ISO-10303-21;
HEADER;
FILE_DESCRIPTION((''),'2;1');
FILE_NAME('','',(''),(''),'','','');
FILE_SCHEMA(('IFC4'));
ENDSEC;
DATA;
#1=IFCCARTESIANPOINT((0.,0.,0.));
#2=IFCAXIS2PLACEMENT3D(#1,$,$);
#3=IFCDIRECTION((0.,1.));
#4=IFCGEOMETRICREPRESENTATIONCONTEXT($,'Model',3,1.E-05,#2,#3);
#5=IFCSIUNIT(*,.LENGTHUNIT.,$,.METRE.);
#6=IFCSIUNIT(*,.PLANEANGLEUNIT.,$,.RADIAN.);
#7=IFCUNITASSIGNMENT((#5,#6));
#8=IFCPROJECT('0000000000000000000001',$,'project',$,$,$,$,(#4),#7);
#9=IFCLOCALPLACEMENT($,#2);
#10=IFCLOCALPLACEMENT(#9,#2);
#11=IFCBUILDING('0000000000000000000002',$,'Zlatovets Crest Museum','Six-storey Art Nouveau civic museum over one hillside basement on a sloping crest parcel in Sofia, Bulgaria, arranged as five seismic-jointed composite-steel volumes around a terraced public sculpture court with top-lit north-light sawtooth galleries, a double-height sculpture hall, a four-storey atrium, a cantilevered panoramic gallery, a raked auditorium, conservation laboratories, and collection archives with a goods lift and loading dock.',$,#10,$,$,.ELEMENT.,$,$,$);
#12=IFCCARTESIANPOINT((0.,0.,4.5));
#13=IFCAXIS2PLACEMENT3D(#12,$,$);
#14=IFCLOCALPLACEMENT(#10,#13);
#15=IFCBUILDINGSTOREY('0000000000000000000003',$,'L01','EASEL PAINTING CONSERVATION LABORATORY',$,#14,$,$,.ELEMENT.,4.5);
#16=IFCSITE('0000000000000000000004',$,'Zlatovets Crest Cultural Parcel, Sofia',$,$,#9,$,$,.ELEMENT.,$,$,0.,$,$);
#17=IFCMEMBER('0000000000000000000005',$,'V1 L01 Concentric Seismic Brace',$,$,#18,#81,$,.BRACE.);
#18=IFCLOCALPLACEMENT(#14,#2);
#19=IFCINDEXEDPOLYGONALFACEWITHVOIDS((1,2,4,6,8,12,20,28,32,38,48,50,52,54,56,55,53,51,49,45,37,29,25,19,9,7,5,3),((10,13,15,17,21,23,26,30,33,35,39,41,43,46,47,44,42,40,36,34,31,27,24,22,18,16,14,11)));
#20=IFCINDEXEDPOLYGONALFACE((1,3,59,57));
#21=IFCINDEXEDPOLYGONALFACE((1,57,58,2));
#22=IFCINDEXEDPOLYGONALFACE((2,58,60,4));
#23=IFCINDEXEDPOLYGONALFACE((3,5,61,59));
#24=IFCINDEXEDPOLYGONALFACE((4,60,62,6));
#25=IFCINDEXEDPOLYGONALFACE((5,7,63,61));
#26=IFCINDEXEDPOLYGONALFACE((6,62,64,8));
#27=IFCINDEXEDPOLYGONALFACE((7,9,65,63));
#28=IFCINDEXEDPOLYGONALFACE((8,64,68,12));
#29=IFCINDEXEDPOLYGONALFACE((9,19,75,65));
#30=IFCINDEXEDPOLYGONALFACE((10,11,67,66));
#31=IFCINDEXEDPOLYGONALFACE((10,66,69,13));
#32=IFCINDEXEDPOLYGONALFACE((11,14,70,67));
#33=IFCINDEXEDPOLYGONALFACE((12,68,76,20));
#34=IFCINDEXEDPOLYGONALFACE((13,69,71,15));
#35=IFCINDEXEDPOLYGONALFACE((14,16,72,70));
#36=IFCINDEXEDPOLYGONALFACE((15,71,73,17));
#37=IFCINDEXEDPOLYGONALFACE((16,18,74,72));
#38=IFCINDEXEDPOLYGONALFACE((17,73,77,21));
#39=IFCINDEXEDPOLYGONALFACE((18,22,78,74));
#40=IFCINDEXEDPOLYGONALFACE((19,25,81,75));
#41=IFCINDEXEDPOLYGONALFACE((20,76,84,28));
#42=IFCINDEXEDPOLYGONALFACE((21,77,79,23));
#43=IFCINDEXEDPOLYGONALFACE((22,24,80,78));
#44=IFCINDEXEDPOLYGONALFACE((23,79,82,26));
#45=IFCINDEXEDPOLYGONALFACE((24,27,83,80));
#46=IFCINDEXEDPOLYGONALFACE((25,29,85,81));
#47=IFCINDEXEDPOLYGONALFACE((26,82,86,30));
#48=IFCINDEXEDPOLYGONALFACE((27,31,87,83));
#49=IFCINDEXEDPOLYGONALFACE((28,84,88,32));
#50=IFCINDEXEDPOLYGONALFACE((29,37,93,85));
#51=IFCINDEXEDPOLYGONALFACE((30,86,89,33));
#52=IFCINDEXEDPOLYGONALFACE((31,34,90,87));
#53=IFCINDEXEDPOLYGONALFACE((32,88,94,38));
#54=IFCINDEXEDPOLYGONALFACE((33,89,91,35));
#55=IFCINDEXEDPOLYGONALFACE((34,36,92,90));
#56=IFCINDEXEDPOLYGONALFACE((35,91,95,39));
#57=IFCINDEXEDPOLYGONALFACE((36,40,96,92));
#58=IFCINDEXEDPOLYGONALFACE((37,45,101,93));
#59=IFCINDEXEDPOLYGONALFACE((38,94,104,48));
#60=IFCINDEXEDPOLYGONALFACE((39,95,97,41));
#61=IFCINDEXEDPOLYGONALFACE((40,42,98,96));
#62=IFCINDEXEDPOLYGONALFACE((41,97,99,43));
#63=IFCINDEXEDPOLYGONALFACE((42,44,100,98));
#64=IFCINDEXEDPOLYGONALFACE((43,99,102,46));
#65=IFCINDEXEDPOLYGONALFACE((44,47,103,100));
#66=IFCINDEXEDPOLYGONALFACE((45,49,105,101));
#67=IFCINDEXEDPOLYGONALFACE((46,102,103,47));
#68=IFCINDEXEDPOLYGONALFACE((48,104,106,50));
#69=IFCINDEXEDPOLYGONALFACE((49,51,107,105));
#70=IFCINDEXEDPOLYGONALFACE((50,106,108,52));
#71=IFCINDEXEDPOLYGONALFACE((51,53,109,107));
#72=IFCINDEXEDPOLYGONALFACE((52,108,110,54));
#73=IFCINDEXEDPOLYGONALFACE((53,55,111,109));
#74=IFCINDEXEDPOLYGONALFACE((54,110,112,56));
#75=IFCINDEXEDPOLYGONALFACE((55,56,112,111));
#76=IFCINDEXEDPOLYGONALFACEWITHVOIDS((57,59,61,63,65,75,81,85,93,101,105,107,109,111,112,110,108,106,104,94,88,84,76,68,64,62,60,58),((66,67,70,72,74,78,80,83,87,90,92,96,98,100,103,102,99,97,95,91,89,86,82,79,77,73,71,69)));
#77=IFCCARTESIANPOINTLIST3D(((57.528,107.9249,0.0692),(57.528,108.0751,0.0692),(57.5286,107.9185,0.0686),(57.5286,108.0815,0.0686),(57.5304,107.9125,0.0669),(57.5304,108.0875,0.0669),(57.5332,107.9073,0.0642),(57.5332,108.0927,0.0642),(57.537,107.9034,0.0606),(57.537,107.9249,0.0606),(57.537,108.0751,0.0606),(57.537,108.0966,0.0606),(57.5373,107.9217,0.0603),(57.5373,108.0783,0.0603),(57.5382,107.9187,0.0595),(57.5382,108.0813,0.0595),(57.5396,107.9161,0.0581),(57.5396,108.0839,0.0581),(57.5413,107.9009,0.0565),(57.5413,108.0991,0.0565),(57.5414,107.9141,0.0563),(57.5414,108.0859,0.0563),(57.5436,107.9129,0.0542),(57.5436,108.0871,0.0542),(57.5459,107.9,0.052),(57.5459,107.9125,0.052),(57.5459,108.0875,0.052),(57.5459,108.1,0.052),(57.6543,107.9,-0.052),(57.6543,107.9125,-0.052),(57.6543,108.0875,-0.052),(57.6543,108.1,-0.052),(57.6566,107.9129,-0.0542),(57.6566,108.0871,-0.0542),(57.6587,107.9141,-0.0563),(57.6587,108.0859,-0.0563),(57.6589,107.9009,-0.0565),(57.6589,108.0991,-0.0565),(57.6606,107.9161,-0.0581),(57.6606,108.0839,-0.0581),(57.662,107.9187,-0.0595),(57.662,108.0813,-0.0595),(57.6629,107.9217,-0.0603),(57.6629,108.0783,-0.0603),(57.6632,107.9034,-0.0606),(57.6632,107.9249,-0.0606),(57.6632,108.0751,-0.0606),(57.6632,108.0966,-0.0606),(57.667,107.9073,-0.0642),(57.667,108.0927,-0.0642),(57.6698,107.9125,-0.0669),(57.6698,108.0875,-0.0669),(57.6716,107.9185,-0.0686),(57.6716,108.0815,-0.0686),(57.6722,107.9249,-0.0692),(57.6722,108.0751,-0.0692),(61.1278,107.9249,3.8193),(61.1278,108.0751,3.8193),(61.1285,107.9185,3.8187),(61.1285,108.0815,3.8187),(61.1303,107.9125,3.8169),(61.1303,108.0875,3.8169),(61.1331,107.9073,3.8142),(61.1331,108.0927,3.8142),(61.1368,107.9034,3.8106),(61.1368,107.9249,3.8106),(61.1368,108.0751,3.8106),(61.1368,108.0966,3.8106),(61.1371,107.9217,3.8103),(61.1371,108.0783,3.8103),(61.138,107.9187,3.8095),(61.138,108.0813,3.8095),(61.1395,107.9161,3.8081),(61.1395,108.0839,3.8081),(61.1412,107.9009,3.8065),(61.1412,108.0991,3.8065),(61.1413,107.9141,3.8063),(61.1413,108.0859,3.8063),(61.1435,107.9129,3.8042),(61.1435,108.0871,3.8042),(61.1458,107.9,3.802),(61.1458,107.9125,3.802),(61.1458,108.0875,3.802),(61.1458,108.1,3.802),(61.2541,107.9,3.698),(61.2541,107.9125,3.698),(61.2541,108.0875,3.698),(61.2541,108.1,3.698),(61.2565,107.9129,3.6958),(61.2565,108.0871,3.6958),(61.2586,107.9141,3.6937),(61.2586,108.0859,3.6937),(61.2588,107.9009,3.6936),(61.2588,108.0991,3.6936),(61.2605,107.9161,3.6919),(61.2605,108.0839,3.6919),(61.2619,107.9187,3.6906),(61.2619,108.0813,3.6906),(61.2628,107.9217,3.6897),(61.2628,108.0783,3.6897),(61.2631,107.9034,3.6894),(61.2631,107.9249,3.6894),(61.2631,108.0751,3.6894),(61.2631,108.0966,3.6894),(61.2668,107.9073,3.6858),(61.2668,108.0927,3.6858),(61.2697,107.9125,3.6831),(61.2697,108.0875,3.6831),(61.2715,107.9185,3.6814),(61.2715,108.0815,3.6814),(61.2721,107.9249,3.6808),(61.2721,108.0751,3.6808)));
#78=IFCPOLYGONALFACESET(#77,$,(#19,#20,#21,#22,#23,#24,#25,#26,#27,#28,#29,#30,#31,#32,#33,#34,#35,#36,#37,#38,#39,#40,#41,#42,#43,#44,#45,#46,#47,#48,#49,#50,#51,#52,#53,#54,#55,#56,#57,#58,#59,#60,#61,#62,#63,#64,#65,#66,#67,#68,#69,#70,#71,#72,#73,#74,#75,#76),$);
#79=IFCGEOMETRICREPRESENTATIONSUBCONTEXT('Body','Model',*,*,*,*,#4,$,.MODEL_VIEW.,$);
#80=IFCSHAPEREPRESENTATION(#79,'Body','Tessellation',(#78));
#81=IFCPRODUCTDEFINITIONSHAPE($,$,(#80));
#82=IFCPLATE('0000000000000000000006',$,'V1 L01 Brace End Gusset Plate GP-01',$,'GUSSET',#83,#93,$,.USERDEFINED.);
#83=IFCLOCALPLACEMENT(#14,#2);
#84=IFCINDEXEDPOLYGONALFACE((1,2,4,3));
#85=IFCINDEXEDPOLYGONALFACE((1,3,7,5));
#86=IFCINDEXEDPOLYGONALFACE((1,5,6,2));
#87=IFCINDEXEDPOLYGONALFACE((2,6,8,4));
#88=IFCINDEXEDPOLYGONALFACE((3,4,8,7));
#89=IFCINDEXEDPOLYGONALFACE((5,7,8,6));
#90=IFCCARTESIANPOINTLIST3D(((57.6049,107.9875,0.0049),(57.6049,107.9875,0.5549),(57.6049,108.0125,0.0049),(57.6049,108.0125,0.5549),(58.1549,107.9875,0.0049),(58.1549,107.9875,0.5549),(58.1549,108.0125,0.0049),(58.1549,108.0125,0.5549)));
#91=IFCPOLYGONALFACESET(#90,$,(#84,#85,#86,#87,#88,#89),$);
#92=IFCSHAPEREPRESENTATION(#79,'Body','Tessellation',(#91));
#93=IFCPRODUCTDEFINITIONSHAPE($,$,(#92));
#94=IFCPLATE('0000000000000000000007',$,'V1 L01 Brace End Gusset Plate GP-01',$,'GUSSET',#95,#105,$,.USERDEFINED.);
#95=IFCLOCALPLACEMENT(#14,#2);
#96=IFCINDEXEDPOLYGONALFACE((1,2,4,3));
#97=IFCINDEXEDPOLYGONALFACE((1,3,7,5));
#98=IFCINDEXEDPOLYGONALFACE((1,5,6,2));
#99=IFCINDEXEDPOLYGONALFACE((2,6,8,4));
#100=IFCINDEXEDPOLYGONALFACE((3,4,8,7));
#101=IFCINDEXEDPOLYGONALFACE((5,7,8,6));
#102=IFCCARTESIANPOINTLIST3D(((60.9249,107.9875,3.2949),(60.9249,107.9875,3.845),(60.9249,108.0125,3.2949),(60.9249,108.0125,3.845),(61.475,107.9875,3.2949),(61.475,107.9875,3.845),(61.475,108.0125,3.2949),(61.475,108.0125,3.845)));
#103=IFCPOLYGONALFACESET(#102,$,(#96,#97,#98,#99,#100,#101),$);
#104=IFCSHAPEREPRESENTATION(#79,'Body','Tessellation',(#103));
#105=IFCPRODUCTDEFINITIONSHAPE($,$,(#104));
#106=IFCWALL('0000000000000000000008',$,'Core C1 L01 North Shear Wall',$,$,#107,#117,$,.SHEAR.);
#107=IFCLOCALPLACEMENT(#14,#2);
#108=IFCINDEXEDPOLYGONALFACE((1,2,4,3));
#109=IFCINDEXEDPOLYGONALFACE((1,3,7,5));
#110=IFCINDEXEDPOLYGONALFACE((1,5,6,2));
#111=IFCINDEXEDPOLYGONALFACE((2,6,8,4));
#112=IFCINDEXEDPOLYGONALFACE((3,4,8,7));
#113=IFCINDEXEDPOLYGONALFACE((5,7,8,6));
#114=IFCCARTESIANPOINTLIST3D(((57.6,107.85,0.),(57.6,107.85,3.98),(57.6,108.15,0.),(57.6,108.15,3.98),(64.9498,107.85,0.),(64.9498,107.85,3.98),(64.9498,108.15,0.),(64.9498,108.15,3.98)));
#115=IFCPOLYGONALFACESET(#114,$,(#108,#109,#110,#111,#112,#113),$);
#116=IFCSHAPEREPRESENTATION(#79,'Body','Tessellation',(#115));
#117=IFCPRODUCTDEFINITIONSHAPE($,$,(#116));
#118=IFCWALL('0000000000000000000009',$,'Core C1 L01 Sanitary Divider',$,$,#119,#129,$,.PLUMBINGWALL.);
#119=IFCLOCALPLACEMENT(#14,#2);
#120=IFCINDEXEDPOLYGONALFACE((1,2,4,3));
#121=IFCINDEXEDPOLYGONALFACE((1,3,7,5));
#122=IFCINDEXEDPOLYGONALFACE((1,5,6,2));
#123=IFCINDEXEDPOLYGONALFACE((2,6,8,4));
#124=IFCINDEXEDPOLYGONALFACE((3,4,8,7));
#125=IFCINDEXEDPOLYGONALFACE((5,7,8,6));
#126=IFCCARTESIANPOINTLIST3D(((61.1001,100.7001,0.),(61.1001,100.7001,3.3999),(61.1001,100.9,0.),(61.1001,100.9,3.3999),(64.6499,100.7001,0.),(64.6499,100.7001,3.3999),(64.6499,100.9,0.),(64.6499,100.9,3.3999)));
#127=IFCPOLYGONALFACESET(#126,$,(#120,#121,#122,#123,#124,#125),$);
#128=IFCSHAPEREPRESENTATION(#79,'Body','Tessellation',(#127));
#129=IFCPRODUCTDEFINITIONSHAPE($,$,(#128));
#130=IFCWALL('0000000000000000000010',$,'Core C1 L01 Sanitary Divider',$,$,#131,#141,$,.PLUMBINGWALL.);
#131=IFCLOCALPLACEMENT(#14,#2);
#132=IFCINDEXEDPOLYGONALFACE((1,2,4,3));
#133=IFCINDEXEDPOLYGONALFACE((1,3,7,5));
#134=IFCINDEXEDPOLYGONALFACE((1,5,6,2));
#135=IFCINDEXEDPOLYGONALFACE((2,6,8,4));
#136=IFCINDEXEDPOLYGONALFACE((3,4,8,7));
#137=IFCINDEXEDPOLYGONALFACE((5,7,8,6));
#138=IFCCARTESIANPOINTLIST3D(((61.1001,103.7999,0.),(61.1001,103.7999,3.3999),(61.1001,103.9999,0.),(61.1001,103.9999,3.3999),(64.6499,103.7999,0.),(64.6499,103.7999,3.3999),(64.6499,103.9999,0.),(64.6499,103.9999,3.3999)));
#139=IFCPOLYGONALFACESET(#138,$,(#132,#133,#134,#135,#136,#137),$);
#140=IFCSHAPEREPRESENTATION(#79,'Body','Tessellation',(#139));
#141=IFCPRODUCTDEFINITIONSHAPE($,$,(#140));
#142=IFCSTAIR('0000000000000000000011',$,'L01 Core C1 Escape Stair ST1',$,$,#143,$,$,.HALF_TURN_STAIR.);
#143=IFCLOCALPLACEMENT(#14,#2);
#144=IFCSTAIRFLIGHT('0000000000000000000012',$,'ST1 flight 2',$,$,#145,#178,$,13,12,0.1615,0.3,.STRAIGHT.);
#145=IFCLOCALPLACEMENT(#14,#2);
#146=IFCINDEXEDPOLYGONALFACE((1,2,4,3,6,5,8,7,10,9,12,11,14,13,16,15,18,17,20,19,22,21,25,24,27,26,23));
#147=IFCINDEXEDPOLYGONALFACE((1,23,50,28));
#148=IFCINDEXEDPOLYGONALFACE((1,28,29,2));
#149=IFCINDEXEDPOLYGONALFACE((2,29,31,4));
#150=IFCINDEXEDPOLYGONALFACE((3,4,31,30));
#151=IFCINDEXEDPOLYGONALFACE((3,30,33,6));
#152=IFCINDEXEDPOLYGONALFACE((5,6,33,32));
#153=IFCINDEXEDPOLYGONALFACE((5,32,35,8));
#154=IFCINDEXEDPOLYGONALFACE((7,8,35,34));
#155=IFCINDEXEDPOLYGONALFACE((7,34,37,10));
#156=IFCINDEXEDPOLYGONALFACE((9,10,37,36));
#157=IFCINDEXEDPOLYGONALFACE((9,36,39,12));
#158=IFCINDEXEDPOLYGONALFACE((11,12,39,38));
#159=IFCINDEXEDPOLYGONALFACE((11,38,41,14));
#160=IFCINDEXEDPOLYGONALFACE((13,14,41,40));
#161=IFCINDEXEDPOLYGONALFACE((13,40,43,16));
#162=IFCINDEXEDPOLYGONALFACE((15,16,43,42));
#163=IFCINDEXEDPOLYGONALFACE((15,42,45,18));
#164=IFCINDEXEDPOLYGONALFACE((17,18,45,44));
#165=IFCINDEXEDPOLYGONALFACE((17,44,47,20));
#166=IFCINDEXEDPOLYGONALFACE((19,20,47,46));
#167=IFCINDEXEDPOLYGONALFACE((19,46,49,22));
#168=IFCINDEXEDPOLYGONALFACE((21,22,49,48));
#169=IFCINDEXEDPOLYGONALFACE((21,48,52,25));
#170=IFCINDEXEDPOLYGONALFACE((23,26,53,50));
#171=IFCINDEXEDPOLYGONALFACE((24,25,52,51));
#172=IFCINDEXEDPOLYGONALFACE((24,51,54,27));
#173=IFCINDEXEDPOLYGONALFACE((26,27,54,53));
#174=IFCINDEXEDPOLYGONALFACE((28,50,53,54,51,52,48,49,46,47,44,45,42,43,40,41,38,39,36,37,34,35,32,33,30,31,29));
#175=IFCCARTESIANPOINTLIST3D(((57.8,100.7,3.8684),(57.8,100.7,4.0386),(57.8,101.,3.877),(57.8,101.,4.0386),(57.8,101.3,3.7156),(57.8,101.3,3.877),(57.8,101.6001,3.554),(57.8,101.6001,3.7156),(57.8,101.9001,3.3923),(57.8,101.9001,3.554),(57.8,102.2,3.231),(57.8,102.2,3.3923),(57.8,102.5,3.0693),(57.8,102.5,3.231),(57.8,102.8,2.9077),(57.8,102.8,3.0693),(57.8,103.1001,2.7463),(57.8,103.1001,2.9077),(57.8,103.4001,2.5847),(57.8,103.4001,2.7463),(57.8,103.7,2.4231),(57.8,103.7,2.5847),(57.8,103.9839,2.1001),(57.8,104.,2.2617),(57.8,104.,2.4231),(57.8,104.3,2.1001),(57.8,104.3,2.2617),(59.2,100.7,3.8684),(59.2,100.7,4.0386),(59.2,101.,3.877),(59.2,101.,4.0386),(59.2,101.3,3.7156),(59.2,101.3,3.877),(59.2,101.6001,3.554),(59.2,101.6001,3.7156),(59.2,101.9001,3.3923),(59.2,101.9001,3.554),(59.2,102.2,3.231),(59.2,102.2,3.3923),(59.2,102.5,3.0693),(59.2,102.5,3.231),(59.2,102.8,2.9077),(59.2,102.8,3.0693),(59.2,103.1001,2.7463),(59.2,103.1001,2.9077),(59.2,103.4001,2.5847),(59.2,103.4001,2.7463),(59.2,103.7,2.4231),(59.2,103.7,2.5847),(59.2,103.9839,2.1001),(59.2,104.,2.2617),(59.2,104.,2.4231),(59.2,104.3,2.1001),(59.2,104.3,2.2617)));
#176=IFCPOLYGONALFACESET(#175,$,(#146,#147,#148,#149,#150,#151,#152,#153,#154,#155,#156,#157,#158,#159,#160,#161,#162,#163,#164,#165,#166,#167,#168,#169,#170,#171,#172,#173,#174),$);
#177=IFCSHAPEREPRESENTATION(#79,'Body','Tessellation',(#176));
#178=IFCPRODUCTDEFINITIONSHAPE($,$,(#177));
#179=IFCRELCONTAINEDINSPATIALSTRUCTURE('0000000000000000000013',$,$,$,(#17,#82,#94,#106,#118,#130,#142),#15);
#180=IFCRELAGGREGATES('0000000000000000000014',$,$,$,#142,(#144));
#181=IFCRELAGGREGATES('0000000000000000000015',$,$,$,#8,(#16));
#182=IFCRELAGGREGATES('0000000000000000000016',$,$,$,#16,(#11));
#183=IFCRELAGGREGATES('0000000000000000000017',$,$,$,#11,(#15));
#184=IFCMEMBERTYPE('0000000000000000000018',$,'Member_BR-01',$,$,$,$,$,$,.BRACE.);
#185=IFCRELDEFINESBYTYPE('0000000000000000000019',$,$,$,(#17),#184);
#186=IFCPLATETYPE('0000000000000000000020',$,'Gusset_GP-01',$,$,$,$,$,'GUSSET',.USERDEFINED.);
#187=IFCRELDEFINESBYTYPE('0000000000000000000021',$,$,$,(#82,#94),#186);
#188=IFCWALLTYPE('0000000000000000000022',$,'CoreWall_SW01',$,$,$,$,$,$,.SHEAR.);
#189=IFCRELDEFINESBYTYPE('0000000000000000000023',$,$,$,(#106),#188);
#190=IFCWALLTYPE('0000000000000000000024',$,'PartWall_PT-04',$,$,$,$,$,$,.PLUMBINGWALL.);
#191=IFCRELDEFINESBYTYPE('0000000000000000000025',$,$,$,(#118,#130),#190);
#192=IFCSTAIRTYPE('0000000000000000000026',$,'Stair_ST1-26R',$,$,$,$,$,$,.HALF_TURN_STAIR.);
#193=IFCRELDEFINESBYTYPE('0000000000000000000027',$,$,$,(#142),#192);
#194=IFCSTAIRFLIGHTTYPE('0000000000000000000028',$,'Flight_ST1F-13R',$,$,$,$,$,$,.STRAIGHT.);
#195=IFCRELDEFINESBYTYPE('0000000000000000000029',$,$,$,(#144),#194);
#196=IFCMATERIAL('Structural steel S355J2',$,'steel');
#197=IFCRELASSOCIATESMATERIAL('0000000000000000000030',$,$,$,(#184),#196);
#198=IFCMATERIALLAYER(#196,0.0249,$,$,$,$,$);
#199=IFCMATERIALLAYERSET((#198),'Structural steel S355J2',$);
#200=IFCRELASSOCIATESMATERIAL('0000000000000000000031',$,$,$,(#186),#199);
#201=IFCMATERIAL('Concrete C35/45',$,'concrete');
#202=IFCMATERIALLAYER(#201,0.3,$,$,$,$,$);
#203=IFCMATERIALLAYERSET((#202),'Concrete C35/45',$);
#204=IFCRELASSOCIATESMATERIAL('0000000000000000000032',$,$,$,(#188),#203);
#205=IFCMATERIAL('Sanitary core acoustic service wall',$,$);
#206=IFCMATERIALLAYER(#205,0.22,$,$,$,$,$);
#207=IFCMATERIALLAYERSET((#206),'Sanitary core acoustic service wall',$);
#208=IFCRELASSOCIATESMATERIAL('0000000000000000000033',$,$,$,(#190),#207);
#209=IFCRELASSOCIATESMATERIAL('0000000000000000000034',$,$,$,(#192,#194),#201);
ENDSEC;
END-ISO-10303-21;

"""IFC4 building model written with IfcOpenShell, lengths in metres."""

from ifc_helpers import new_model, si_unit, direction, frame, frame_2d, origin, origin_2d, place, context, subcontext, project, spatial, polyline, rectangle, hollow_rectangle, outline, extrude, material, layer, layer_set, material_profile, profile_set, type_object, element, aggregate, save


model = new_model("IFC4")

# Units and contexts
model_context = context("Model", 3, precision=1e-05, world=origin(), true_north=direction((0.0, 1.0)))
body_context = subcontext(model_context, "Body", "Model", "MODEL_VIEW")
ifc_project = project(units=[si_unit("LENGTHUNIT", "METRE"), si_unit("PLANEANGLEUNIT", "RADIAN")], contexts=[model_context])

# Site, building, storey
site_placement = place(None, origin())
site = spatial("IfcSite", under=ifc_project, at=site_placement, Name="Zlatovets Crest Cultural Parcel, Sofia", CompositionType="ELEMENT", RefElevation=0.0)
building_placement = place(site_placement, origin())
building = spatial("IfcBuilding", under=site, at=building_placement, Name="Zlatovets Crest Museum", Description="Six-storey Art Nouveau civic museum over one hillside basement on a sloping crest parcel in Sofia, Bulgaria, arranged as five seismic-jointed composite-steel volumes around a terraced public sculpture court with top-lit north-light sawtooth galleries, a double-height sculpture hall, a four-storey atrium, a cantilevered panoramic gallery, a raked auditorium, conservation laboratories, and collection archives with a goods lift and loading dock.", CompositionType="ELEMENT")
storey_placement = place(building_placement, frame((0.0, 0.0, 4.5)))
storey = spatial("IfcBuildingStorey", under=building, at=storey_placement, Name="L01", Description="EASEL PAINTING CONSERVATION LABORATORY", CompositionType="ELEMENT", Elevation=4.5)

# Shared definitions
ifc_material_1 = material(Name="Structural steel S355J2", Category="steel")

# Member
ifc_material_profile_1 = material_profile(ifc_material_1, hollow_rectangle(XDim=0.2, YDim=0.2, WallThickness=0.0125, InnerFilletRadius=0.0125, OuterFilletRadius=0.0249, at=origin_2d()), Name="SHS 200x200x12.5")
ifc_profile_set_1 = profile_set([ifc_material_profile_1], Name="Structural steel S355J2")
member_type = type_object("IfcMemberType", Name="Member_BR-01", PredefinedType="BRACE", material=ifc_profile_set_1)
member_placement = place(storey_placement, frame((57.6001, 108.0, 0.0), z_axis=(0.692517, 0.0, 0.721401), x_axis=(0.0, 1.0, 0.0)))
element("IfcMember", 1, at=member_placement, inside=storey, type_object=member_type, Name="V1 L01 Concentric Seismic Brace", PredefinedType="BRACE", context=body_context, shape_type="SweptSolid", body=[
    extrude(hollow_rectangle(XDim=0.2, YDim=0.2, WallThickness=0.0125, InnerFilletRadius=0.0125, OuterFilletRadius=0.0249, at=origin_2d()), origin(), (0.0, 0.0, 1.0), 5.1982),
])

# Plates
ifc_layer_1 = layer(ifc_material_1, 0.0249)
ifc_layer_set_1 = layer_set([ifc_layer_1], Name="Structural steel S355J2")
plate_type = type_object("IfcPlateType", Name="Gusset_GP-01", ElementType="GUSSET", PredefinedType="USERDEFINED", material=ifc_layer_set_1)
for number, where, z_axis, x_axis, name in (
    (2, (57.8799, 108.0, 0.0049), (0.0, 0.0, 1.0), (1.0, 0.0, 0.0), "V1 L01 Brace End Gusset Plate GP-01"),
    (3, (61.2, 108.0, 3.2949), (0.0, 0.0, 1.0), (1.0, 0.0, 0.0), "V1 L01 Brace End Gusset Plate GP-01"),
):
    element("IfcPlate", number, at=place(storey_placement, frame(where, z_axis=z_axis, x_axis=x_axis)), inside=storey, type_object=plate_type, Name=name, ObjectType="GUSSET", PredefinedType="USERDEFINED", context=body_context, shape_type="SweptSolid", body=[
        extrude(rectangle(XDim=0.55, YDim=0.0249, at=origin_2d()), origin(), (0.0, 0.0, 1.0), 0.55),
    ])

# Walls
ifc_material_2 = material(Name="Concrete C35/45", Category="concrete")
ifc_layer_2 = layer(ifc_material_2, 0.3)
ifc_layer_set_2 = layer_set([ifc_layer_2], Name="Concrete C35/45")
wall_type_1 = type_object("IfcWallType", Name="CoreWall_SW01", PredefinedType="SHEAR", material=ifc_layer_set_2)
wall_placement = place(storey_placement, frame((57.6001, 108.0, 0.0), z_axis=(0.0, 0.0, 1.0), x_axis=(1.0, 0.0, 0.0)))
element("IfcWall", 4, at=wall_placement, inside=storey, type_object=wall_type_1, Name="Core C1 L01 North Shear Wall", PredefinedType="SHEAR", context=body_context, shape_type="SweptSolid", body=[
    extrude(rectangle(XDim=7.3499, YDim=0.3, at=frame_2d((3.6748, 0.0))), origin(), (0.0, 0.0, 1.0), 3.98),
])
ifc_material_3 = material(Name="Sanitary core acoustic service wall")
ifc_layer_3 = layer(ifc_material_3, 0.22)
ifc_layer_set_3 = layer_set([ifc_layer_3], Name="Sanitary core acoustic service wall")
wall_type_2 = type_object("IfcWallType", Name="PartWall_PT-04", PredefinedType="PLUMBINGWALL", material=ifc_layer_set_3)
for number, where, z_axis, x_axis, name in (
    (5, (61.1001, 100.8, 0.0), (0.0, 0.0, 1.0), (1.0, 0.0, 0.0), "Core C1 L01 Sanitary Divider"),
    (6, (61.1001, 103.8999, 0.0), (0.0, 0.0, 1.0), (1.0, 0.0, 0.0), "Core C1 L01 Sanitary Divider"),
):
    element("IfcWall", number, at=place(storey_placement, frame(where, z_axis=z_axis, x_axis=x_axis)), inside=storey, type_object=wall_type_2, Name=name, PredefinedType="PLUMBINGWALL", context=body_context, shape_type="SweptSolid", body=[
        extrude(rectangle(XDim=3.5498, YDim=0.2, at=frame_2d((1.7749, 0.0))), origin(), (0.0, 0.0, 1.0), 3.3999),
    ])

# Stair, stair flight
stair_type = type_object("IfcStairType", Name="Stair_ST1-26R", PredefinedType="HALF_TURN_STAIR", material=ifc_material_2)
stair_placement = place(storey_placement, origin())
stair = element("IfcStair", 7, at=stair_placement, inside=storey, type_object=stair_type, Name="L01 Core C1 Escape Stair ST1", PredefinedType="HALF_TURN_STAIR")
stair_flight_type = type_object("IfcStairFlightType", Name="Flight_ST1F-13R", PredefinedType="STRAIGHT", material=ifc_material_2)
stair_flight_placement = place(storey_placement, frame((58.5, 104.3, 2.1001), z_axis=(0.0, 0.0, 1.0), x_axis=(0.0, -1.0, 0.0)))
stair_flight = element("IfcStairFlight", 8, at=stair_flight_placement, type_object=stair_flight_type, Name="ST1 flight 2", NumberOfRisers=13, NumberOfTreads=12, PredefinedType="STRAIGHT", RiserHeight=0.1615, TreadLength=0.3, context=body_context, shape_type="SweptSolid", body=[
    extrude(outline(polyline([(0.0, 0.0), (0.0, 0.1616), (0.3, 0.1616), (0.3, 0.323), (0.6001, 0.323), (0.6001, 0.4846), (0.8999, 0.4846), (0.8999, 0.6462), (1.2, 0.6462), (1.2, 0.8076), (1.5, 0.8076), (1.5, 0.9692), (1.8, 0.9692), (1.8, 1.1309), (2.1001, 1.1309), (2.1001, 1.2922), (2.3999, 1.2922), (2.3999, 1.4539), (2.7, 1.4539), (2.7, 1.6155), (3.0, 1.6155), (3.0, 1.7769), (3.3, 1.7769), (3.3, 1.9385), (3.6001, 1.9385), (3.6001, 2.1001), (3.6001, 1.7683), (0.3162, 0.0), (0.0, 0.0)])), frame((0.0, 0.7, 0.0), z_axis=(0.0, -1.0, 0.0), x_axis=(1.0, 0.0, 0.0)), (0.0, 0.0, 1.0), 1.3999),
])
aggregate(stair, [stair_flight])

save(model, "model.ifc")
